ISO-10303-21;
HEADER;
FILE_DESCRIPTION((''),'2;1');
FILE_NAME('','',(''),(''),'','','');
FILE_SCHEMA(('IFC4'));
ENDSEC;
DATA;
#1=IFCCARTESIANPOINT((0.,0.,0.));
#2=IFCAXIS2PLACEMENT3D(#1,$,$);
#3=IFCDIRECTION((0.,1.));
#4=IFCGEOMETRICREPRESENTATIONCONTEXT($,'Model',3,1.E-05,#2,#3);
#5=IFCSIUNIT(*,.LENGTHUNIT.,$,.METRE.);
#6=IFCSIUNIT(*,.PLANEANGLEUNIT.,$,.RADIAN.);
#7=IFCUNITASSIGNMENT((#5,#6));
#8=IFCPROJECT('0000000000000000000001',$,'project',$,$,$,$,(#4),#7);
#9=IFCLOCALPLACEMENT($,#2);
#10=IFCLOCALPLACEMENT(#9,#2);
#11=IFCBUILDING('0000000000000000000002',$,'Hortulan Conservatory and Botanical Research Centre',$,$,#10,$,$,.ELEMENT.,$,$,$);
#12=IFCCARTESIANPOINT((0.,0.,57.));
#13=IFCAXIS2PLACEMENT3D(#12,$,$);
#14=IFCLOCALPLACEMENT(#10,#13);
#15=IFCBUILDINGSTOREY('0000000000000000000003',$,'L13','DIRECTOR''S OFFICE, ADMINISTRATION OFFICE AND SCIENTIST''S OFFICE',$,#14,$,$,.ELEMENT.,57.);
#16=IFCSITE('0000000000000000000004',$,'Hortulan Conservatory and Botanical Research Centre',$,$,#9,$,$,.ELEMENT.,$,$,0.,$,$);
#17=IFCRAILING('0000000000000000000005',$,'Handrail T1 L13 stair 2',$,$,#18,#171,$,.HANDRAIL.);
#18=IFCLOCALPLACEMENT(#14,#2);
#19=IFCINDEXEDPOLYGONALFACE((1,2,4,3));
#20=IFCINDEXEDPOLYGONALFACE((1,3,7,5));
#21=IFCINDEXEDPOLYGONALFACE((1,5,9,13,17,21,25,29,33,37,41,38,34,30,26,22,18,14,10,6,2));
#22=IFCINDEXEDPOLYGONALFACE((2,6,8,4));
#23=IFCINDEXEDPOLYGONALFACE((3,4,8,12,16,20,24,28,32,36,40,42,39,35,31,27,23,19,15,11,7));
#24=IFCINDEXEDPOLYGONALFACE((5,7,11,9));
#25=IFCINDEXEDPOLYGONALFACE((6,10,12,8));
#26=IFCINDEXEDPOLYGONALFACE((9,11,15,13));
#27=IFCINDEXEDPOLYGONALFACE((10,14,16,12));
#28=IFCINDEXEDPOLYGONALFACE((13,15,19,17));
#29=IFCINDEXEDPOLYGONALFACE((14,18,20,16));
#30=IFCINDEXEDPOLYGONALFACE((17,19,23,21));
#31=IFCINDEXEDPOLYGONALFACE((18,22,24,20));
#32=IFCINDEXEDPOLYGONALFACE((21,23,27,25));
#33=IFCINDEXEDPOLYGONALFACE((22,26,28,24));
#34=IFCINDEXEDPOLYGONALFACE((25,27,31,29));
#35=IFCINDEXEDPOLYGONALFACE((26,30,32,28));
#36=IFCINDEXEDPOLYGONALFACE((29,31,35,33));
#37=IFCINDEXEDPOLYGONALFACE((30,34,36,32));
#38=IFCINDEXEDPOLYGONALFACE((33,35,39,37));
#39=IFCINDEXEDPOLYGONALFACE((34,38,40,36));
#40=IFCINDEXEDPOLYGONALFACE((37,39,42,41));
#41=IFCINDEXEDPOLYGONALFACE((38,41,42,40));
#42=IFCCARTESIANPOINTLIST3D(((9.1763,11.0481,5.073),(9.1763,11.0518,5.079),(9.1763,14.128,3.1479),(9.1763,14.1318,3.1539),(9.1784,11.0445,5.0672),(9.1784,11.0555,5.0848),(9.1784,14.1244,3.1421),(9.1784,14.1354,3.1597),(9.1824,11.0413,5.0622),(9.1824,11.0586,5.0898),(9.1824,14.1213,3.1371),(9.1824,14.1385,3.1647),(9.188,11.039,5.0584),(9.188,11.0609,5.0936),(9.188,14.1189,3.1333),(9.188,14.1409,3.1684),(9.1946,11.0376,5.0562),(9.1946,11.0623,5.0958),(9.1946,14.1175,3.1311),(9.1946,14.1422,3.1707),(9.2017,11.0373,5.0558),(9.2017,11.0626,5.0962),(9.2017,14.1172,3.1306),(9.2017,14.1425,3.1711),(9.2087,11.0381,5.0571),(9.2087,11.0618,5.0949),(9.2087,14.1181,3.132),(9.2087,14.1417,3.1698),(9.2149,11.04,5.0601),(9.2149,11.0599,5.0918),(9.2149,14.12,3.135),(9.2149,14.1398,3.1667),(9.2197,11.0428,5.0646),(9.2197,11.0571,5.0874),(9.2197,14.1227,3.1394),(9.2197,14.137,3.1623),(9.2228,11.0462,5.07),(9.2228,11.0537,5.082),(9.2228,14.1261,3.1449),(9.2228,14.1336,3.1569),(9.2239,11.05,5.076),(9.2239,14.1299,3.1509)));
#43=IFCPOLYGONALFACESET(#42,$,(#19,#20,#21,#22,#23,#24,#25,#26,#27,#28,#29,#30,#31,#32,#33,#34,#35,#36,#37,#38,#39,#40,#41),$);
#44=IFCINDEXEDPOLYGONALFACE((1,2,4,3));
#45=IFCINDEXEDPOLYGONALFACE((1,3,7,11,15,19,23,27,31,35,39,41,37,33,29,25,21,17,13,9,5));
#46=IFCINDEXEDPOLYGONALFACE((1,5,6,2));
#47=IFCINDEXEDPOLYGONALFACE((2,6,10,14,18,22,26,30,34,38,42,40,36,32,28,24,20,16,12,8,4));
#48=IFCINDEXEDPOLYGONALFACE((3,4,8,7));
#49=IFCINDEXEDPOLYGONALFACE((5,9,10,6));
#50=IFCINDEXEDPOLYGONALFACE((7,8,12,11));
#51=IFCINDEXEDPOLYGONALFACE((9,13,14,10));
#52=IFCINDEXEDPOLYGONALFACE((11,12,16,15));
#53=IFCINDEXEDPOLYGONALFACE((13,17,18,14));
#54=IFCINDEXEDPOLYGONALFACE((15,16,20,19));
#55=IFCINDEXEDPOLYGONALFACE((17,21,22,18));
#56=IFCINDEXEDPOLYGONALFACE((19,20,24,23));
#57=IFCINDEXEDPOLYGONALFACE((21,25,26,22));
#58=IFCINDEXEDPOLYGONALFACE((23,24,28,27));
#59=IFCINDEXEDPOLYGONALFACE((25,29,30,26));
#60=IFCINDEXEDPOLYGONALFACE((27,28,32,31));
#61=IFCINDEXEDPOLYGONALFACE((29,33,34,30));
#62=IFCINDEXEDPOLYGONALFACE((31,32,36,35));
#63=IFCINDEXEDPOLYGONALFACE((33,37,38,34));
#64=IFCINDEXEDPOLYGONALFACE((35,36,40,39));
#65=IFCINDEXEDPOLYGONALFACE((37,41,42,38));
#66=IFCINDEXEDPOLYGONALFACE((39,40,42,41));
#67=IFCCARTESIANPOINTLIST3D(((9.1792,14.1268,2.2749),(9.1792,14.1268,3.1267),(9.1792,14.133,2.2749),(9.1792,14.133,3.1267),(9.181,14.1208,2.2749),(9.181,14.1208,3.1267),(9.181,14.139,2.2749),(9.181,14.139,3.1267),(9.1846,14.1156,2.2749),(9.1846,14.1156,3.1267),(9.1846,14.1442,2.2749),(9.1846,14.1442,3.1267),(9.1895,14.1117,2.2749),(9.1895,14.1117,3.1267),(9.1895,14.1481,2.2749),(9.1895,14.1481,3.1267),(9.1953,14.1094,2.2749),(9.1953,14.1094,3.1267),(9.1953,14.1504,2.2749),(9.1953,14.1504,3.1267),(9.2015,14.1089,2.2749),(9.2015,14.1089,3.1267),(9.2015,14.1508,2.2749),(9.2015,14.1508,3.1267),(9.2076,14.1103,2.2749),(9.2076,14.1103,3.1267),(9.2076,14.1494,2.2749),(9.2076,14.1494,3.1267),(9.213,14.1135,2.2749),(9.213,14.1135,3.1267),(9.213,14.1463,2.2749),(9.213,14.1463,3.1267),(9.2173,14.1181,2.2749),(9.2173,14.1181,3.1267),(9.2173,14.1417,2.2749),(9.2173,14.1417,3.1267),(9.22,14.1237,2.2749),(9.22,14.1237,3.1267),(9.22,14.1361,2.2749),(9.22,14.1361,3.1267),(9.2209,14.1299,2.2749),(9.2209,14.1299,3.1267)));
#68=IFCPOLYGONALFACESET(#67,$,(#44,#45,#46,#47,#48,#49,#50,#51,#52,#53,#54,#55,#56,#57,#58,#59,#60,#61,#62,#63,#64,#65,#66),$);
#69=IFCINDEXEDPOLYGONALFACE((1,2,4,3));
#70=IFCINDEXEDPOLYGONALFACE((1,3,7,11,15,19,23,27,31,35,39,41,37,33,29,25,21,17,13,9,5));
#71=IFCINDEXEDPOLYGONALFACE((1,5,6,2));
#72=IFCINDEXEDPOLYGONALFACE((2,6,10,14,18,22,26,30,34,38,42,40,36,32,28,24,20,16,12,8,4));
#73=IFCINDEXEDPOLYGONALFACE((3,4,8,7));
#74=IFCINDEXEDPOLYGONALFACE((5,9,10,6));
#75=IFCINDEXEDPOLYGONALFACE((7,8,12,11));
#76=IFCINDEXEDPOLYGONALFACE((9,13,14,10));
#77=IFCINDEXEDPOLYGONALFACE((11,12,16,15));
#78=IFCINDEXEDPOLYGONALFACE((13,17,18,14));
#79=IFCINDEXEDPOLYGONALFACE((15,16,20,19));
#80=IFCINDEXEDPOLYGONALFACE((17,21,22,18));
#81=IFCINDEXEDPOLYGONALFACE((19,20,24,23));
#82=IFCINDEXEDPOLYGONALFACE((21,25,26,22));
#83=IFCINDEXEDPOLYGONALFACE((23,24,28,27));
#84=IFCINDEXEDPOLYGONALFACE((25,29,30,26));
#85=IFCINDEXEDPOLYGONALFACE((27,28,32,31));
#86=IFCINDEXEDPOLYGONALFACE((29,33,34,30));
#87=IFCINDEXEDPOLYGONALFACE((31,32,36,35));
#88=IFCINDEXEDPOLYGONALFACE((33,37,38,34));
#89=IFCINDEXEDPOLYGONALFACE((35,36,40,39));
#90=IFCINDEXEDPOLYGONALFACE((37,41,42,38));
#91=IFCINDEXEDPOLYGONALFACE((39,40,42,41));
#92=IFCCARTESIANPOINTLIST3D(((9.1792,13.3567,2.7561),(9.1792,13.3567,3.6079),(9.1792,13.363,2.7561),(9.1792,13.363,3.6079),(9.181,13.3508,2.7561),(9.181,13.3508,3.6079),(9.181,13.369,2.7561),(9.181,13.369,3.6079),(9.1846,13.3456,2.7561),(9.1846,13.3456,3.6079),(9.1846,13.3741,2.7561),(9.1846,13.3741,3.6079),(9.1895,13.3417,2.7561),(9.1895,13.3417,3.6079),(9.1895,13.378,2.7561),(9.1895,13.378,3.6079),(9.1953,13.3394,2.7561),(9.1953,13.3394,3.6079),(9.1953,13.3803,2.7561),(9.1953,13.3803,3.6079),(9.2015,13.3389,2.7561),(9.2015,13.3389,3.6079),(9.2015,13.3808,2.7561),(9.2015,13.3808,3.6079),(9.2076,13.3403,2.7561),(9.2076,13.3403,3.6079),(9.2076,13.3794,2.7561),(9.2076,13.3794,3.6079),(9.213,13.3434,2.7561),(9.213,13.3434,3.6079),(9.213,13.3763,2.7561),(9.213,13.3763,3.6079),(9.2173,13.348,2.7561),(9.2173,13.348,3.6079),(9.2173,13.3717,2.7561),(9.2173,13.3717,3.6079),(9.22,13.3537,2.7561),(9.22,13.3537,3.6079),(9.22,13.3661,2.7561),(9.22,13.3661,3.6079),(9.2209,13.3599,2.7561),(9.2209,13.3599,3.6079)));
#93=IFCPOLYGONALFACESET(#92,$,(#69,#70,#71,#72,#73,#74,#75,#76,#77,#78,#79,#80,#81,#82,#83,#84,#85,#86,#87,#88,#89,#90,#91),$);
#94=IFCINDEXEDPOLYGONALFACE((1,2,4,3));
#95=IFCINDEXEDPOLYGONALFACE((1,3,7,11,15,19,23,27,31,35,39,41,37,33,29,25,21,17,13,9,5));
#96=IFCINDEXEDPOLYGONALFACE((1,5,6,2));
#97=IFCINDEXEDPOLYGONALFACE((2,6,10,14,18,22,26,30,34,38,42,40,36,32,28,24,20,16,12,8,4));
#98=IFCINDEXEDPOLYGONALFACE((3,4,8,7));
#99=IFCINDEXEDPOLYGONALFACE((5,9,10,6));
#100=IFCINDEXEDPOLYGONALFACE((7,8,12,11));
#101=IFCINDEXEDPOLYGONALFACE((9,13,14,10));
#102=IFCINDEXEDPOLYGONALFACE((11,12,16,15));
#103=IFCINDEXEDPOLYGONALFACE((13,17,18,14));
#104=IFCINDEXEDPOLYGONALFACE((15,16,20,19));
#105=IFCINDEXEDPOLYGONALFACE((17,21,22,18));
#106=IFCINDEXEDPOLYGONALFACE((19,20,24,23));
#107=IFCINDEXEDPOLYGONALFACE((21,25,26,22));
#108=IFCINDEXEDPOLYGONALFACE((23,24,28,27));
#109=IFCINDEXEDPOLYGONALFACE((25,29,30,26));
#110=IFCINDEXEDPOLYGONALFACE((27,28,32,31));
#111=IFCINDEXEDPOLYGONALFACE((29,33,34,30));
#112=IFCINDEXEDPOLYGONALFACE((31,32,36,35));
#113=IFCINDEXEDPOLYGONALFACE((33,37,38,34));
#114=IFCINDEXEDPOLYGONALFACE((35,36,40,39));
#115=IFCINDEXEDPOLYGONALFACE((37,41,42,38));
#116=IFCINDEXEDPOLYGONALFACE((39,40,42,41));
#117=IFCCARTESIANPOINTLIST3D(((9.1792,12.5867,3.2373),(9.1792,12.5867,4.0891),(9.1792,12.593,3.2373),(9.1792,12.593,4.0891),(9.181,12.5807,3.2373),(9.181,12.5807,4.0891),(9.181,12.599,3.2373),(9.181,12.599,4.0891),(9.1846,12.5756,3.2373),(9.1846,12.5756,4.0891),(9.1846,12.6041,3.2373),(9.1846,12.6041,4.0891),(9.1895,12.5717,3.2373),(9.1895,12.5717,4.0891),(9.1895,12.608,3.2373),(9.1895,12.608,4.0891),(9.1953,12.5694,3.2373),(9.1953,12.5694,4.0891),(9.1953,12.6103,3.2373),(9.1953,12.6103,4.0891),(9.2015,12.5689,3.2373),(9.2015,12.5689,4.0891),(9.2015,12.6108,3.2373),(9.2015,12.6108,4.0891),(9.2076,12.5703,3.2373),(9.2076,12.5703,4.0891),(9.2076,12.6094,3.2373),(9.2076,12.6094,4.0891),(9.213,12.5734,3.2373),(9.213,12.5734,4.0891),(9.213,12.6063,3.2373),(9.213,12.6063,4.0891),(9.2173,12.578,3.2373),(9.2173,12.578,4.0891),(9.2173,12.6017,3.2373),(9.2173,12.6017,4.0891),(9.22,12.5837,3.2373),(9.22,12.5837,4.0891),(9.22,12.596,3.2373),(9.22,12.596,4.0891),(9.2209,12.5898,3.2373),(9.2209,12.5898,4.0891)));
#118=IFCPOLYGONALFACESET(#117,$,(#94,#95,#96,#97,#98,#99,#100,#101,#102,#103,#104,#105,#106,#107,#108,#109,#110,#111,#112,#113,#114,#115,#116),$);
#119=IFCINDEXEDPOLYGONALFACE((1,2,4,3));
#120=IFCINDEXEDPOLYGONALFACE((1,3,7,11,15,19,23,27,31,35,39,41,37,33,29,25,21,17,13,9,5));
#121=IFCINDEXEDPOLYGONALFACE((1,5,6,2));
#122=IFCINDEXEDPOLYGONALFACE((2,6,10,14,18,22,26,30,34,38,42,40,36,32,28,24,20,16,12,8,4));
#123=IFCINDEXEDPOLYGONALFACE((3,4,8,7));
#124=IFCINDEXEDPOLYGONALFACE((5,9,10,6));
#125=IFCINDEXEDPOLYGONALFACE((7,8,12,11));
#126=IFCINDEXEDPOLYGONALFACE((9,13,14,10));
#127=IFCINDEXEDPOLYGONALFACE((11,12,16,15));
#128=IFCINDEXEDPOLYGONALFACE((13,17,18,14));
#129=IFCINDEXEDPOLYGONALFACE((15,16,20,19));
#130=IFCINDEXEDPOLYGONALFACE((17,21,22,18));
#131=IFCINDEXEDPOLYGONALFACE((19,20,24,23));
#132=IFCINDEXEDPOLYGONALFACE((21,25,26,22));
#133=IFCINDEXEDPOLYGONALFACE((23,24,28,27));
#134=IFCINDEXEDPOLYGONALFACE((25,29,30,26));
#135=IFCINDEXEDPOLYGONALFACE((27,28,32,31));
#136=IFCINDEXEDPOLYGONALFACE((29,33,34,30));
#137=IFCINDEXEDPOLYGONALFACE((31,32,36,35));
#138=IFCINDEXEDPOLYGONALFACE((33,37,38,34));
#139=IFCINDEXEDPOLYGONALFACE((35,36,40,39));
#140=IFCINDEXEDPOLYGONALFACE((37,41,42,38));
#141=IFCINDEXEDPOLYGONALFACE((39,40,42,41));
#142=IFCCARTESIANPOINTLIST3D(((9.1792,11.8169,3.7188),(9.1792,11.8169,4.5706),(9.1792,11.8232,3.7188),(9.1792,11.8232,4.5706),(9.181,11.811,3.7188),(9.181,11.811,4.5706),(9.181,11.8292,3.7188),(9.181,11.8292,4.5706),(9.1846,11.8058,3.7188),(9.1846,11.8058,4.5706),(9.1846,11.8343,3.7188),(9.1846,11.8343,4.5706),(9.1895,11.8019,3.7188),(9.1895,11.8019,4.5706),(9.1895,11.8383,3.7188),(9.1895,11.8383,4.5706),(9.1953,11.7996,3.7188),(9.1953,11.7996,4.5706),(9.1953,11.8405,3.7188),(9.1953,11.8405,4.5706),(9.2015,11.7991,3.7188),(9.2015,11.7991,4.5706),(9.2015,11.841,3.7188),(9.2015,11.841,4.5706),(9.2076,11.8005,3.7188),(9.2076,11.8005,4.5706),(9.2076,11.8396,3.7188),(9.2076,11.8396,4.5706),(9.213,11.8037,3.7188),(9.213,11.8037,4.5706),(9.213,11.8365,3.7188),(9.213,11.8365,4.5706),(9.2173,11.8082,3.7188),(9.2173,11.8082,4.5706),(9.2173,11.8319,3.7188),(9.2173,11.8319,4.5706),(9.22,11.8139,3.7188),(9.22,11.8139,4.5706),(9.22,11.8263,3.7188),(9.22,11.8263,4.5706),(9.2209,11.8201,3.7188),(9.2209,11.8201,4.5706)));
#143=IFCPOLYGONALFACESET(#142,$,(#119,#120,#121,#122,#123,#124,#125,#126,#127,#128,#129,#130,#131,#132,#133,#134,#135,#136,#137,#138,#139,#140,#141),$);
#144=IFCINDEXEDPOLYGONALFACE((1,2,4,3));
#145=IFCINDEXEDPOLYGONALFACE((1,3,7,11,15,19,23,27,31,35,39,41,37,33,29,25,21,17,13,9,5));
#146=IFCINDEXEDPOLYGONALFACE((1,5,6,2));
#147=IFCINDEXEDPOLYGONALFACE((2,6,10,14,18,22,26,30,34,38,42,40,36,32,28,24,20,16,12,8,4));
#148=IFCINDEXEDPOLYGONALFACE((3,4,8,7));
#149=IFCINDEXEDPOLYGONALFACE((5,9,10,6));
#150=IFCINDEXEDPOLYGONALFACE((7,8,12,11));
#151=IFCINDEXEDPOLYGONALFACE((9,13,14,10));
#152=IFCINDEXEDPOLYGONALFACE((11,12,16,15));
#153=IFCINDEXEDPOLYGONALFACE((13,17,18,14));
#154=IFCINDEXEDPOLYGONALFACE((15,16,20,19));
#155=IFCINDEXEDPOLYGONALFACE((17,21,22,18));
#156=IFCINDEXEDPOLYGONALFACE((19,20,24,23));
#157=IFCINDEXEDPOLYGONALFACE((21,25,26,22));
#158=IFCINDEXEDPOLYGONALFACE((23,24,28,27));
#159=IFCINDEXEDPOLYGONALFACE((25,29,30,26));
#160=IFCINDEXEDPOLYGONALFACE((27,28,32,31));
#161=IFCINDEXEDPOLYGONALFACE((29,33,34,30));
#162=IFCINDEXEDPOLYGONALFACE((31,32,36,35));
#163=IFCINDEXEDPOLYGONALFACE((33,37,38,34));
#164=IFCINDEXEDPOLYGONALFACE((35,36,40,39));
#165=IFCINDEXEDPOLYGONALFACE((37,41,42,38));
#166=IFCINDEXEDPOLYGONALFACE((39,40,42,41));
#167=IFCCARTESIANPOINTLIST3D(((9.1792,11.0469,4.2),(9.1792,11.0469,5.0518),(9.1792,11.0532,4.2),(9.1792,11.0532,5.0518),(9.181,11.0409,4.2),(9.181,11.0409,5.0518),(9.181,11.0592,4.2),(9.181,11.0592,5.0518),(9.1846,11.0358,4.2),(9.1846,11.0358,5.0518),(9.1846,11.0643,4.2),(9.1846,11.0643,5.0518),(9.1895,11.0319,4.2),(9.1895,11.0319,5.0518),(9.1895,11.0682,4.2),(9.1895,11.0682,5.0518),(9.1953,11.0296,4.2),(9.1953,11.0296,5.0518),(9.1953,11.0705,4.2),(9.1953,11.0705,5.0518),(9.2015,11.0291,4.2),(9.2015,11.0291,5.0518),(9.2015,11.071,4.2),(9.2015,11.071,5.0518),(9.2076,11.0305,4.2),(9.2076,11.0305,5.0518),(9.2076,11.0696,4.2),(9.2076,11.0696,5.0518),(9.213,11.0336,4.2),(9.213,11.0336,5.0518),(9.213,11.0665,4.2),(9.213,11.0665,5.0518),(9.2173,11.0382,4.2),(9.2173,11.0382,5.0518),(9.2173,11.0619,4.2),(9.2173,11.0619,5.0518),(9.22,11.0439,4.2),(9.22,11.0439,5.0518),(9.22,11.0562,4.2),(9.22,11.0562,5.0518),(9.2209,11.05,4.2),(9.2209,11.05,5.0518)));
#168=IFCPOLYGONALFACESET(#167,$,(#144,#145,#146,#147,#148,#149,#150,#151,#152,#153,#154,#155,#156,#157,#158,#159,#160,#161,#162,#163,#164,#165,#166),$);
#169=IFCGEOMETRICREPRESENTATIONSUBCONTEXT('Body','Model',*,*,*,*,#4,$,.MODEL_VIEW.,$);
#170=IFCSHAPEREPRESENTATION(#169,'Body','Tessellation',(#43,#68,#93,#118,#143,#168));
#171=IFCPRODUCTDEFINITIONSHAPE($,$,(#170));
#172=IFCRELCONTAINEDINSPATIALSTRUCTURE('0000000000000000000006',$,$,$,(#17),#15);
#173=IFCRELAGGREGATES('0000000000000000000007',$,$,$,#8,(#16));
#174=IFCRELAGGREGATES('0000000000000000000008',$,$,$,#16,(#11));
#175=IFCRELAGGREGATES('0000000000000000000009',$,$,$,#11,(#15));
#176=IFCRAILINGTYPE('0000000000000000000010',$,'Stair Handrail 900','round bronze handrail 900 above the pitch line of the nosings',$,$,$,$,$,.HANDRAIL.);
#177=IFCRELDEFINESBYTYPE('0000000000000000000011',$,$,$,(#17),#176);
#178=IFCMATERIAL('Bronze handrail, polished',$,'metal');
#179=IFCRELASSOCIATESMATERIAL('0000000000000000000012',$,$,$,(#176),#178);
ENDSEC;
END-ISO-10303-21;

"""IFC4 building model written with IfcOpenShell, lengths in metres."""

from ifc_helpers import new_model, si_unit, direction, frame, origin, origin_2d, place, context, subcontext, project, spatial, circle, extrude, material, type_object, element, save


model = new_model("IFC4")

# Units and contexts
model_context = context("Model", 3, precision=1e-05, world=origin(), true_north=direction((0.0, 1.0)))
body_context = subcontext(model_context, "Body", "Model", "MODEL_VIEW")
ifc_project = project(units=[si_unit("LENGTHUNIT", "METRE"), si_unit("PLANEANGLEUNIT", "RADIAN")], contexts=[model_context])

# Site, building, storey
site_placement = place(None, origin())
site = spatial("IfcSite", under=ifc_project, at=site_placement, Name="Hortulan Conservatory and Botanical Research Centre", CompositionType="ELEMENT", RefElevation=0.0)
building_placement = place(site_placement, origin())
building = spatial("IfcBuilding", under=site, at=building_placement, Name="Hortulan Conservatory and Botanical Research Centre", CompositionType="ELEMENT")
storey_placement = place(building_placement, frame((0.0, 0.0, 57.0)))
storey = spatial("IfcBuildingStorey", under=building, at=storey_placement, Name="L13", Description="DIRECTOR'S OFFICE, ADMINISTRATION OFFICE AND SCIENTIST'S OFFICE", CompositionType="ELEMENT", Elevation=57.0)

# Railing
ifc_material_1 = material(Name="Bronze handrail, polished", Category="metal")
railing_type_1 = type_object("IfcRailingType", Name="Stair Handrail 900", Description="round bronze handrail 900 above the pitch line of the nosings", PredefinedType="HANDRAIL", material=ifc_material_1)
railing_1_placement = place(storey_placement, frame((9.2, 14.1299, 2.2749)))
element("IfcRailing", 1, at=railing_1_placement, inside=storey, type_object=railing_type_1, Name="Handrail T1 L13 stair 2", PredefinedType="HANDRAIL", context=body_context, shape_type="SweptSolid", body=[
    extrude(circle(Radius=0.0239, at=origin_2d()), frame((0.0, 0.0, 0.876), z_axis=(0.0, -0.847979, 0.530029), x_axis=(1.0, 0.0, 0.0)), (0.0, 0.0, 1.0), 3.6321),
    extrude(circle(Radius=0.021, at=origin_2d()), origin(), (0.0, 0.0, 1.0), 0.8518),
    extrude(circle(Radius=0.021, at=origin_2d()), frame((0.0, -0.77, 0.4812)), (0.0, 0.0, 1.0), 0.8518),
    extrude(circle(Radius=0.021, at=origin_2d()), frame((0.0, -1.54, 0.9624)), (0.0, 0.0, 1.0), 0.8518),
    extrude(circle(Radius=0.021, at=origin_2d()), frame((0.0, -2.3098, 1.4438)), (0.0, 0.0, 1.0), 0.8518),
    extrude(circle(Radius=0.021, at=origin_2d()), frame((0.0, -3.0798, 1.925)), (0.0, 0.0, 1.0), 0.8518),
])

save(model, "model.ifc")
